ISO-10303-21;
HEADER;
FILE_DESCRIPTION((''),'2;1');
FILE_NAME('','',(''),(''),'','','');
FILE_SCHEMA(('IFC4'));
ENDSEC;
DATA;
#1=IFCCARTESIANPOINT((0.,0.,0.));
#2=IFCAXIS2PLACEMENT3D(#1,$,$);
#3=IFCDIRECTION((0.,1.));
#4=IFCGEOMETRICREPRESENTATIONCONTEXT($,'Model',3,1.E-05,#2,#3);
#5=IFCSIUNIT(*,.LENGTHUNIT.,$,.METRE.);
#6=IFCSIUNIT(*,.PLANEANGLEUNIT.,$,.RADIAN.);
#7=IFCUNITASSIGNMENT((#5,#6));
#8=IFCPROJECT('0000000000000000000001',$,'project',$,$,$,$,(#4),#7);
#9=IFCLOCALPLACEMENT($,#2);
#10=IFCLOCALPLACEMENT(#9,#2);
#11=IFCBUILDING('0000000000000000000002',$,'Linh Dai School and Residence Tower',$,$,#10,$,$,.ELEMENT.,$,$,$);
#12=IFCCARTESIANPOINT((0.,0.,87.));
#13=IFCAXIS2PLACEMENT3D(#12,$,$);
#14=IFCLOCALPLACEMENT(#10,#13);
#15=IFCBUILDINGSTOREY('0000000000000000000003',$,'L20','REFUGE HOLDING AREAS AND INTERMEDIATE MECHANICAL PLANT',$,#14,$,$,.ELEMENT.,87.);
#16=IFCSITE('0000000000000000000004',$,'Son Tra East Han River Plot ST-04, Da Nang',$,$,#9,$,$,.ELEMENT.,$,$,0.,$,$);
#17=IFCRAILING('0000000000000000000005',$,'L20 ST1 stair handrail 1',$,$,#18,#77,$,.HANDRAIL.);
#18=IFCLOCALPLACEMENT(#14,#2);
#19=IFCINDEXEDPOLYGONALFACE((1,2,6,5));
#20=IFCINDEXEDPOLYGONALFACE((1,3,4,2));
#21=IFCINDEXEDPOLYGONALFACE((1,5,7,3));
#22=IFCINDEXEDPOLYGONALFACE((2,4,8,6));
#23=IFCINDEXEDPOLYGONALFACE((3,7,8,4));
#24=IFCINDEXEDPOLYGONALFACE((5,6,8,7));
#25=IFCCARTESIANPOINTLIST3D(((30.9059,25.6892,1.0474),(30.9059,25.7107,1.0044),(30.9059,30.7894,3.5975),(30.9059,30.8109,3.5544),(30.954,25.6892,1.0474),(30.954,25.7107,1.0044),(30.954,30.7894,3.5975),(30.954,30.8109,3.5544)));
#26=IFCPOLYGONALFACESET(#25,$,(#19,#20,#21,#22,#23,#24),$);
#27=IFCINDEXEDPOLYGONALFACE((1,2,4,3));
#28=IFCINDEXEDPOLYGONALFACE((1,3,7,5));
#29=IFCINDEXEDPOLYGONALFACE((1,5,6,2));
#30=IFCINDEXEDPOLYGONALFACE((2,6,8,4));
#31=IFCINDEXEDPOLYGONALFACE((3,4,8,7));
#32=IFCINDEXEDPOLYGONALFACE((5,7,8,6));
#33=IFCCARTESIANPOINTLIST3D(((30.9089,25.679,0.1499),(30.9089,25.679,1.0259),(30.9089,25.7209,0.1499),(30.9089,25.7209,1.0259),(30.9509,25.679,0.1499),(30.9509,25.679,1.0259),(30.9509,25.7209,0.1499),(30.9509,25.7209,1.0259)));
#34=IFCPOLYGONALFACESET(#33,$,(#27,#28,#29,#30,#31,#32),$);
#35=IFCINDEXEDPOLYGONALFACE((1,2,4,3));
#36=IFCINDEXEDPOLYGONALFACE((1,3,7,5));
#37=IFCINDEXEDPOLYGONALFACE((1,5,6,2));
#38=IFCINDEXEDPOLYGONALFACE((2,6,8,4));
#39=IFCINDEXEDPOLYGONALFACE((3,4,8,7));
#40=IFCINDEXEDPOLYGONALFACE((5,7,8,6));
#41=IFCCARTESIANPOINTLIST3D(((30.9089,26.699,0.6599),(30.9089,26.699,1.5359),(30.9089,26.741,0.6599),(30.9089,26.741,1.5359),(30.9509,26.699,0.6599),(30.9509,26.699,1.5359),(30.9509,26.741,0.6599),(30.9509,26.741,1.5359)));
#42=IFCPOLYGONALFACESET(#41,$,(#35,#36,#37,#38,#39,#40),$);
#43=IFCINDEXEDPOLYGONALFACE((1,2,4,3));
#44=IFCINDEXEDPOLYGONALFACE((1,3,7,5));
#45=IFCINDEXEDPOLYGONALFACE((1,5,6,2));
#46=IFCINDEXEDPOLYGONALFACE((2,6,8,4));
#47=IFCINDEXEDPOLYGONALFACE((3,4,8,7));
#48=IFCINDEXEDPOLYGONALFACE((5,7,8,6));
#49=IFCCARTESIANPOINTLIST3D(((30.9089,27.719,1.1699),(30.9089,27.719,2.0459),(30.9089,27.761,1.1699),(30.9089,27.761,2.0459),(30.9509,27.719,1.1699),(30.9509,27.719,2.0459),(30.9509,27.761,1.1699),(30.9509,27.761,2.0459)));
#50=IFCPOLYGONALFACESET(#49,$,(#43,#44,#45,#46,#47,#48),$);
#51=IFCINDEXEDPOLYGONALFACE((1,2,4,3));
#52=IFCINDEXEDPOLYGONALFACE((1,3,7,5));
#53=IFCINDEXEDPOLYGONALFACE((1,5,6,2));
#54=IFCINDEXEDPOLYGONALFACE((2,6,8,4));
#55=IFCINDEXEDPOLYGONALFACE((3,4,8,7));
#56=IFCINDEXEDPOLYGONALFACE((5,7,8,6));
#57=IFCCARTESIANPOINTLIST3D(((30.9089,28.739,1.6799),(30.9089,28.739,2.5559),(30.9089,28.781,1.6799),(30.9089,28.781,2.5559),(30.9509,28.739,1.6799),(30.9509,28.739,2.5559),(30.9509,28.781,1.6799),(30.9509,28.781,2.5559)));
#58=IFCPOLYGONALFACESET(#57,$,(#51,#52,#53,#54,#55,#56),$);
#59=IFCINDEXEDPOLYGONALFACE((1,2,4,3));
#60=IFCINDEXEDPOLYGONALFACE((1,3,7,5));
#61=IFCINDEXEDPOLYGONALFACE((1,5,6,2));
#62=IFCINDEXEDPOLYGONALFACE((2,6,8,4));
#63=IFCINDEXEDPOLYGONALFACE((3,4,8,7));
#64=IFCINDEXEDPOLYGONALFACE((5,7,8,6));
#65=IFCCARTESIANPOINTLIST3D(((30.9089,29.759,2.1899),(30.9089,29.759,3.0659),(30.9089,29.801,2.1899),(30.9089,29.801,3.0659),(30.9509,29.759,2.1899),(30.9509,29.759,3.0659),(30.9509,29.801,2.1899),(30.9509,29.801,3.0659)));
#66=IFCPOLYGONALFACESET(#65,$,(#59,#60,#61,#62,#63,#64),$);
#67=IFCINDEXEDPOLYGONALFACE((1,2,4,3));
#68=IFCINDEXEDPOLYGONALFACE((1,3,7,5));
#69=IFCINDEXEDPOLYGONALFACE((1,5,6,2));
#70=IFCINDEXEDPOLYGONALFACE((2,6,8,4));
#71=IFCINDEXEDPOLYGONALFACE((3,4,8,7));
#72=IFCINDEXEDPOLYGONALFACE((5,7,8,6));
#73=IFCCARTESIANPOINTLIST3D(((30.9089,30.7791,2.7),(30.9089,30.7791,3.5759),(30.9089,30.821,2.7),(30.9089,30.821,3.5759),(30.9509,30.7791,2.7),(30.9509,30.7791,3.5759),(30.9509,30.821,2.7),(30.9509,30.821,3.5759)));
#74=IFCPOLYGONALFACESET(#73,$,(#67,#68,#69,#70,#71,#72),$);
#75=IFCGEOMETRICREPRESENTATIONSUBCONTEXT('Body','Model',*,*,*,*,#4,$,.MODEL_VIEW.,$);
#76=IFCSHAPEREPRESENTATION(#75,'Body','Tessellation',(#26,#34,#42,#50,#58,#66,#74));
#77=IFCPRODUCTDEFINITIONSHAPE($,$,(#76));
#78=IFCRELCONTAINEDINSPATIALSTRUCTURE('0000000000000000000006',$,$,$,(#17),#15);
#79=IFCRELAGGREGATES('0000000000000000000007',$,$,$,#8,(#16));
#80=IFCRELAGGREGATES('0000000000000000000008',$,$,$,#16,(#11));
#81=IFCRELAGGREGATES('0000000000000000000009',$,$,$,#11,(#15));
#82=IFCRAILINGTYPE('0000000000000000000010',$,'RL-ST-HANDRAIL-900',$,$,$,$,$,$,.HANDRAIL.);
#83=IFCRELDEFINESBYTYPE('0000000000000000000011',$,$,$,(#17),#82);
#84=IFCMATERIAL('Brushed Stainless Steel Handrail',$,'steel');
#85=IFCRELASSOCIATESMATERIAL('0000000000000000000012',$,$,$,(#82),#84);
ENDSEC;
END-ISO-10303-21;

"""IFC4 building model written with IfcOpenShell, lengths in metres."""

from ifc_helpers import new_model, si_unit, direction, frame, origin, origin_2d, place, context, subcontext, project, spatial, rectangle, extrude, source, transform, mapped, material, type_object, element, save


model = new_model("IFC4")

# Units and contexts
model_context = context("Model", 3, precision=1e-05, world=origin(), true_north=direction((0.0, 1.0)))
body_context = subcontext(model_context, "Body", "Model", "MODEL_VIEW")
ifc_project = project(units=[si_unit("LENGTHUNIT", "METRE"), si_unit("PLANEANGLEUNIT", "RADIAN")], contexts=[model_context])

# Site, building, storey
site_placement = place(None, origin())
site = spatial("IfcSite", under=ifc_project, at=site_placement, Name="Son Tra East Han River Plot ST-04, Da Nang", CompositionType="ELEMENT", RefElevation=0.0)
building_placement = place(site_placement, origin())
building = spatial("IfcBuilding", under=site, at=building_placement, Name="Linh Dai School and Residence Tower", CompositionType="ELEMENT")
storey_placement = place(building_placement, frame((0.0, 0.0, 87.0)))
storey = spatial("IfcBuildingStorey", under=building, at=storey_placement, Name="L20", Description="REFUGE HOLDING AREAS AND INTERMEDIATE MECHANICAL PLANT", CompositionType="ELEMENT", Elevation=87.0)

# Railing
ifc_material_1 = material(Name="Brushed Stainless Steel Handrail", Category="steel")
railing_type_1 = type_object("IfcRailingType", Name="RL-ST-HANDRAIL-900", PredefinedType="HANDRAIL", material=ifc_material_1)
shared_shape_1 = source(origin(), body_context, "Body", "SweptSolid", [
    extrude(rectangle(XDim=0.0481, YDim=0.0481, at=origin_2d()), frame((0.0, 0.0, 0.876), z_axis=(0.0, 0.894427, 0.447214), x_axis=(-1.0, 0.0, 0.0)), (0.0, 0.0, 1.0), 5.7021),
    extrude(rectangle(XDim=0.042, YDim=0.042, at=origin_2d()), origin(), (0.0, 0.0, 1.0), 0.876),
    extrude(rectangle(XDim=0.042, YDim=0.042, at=origin_2d()), frame((0.0, 1.02, 0.51)), (0.0, 0.0, 1.0), 0.876),
    extrude(rectangle(XDim=0.042, YDim=0.042, at=origin_2d()), frame((0.0, 2.04, 1.02)), (0.0, 0.0, 1.0), 0.876),
    extrude(rectangle(XDim=0.042, YDim=0.042, at=origin_2d()), frame((0.0, 3.0601, 1.53)), (0.0, 0.0, 1.0), 0.876),
    extrude(rectangle(XDim=0.042, YDim=0.042, at=origin_2d()), frame((0.0, 4.0801, 2.04)), (0.0, 0.0, 1.0), 0.876),
    extrude(rectangle(XDim=0.042, YDim=0.042, at=origin_2d()), frame((0.0, 5.1001, 2.55)), (0.0, 0.0, 1.0), 0.876),
])
railing_1_placement = place(storey_placement, frame((30.9299, 25.7, 0.1499)))
element("IfcRailing", 1, at=railing_1_placement, inside=storey, type_object=railing_type_1, Name="L20 ST1 stair handrail 1", PredefinedType="HANDRAIL", context=body_context, shape_type="MappedRepresentation", body=[
    mapped(shared_shape_1, transform((0.0, 0.0, 0.0), x_axis=(1.0, 0.0, 0.0), y_axis=(0.0, 1.0, 0.0), z_axis=(0.0, 0.0, 1.0), scale=1.0)),
])

save(model, "model.ifc")
